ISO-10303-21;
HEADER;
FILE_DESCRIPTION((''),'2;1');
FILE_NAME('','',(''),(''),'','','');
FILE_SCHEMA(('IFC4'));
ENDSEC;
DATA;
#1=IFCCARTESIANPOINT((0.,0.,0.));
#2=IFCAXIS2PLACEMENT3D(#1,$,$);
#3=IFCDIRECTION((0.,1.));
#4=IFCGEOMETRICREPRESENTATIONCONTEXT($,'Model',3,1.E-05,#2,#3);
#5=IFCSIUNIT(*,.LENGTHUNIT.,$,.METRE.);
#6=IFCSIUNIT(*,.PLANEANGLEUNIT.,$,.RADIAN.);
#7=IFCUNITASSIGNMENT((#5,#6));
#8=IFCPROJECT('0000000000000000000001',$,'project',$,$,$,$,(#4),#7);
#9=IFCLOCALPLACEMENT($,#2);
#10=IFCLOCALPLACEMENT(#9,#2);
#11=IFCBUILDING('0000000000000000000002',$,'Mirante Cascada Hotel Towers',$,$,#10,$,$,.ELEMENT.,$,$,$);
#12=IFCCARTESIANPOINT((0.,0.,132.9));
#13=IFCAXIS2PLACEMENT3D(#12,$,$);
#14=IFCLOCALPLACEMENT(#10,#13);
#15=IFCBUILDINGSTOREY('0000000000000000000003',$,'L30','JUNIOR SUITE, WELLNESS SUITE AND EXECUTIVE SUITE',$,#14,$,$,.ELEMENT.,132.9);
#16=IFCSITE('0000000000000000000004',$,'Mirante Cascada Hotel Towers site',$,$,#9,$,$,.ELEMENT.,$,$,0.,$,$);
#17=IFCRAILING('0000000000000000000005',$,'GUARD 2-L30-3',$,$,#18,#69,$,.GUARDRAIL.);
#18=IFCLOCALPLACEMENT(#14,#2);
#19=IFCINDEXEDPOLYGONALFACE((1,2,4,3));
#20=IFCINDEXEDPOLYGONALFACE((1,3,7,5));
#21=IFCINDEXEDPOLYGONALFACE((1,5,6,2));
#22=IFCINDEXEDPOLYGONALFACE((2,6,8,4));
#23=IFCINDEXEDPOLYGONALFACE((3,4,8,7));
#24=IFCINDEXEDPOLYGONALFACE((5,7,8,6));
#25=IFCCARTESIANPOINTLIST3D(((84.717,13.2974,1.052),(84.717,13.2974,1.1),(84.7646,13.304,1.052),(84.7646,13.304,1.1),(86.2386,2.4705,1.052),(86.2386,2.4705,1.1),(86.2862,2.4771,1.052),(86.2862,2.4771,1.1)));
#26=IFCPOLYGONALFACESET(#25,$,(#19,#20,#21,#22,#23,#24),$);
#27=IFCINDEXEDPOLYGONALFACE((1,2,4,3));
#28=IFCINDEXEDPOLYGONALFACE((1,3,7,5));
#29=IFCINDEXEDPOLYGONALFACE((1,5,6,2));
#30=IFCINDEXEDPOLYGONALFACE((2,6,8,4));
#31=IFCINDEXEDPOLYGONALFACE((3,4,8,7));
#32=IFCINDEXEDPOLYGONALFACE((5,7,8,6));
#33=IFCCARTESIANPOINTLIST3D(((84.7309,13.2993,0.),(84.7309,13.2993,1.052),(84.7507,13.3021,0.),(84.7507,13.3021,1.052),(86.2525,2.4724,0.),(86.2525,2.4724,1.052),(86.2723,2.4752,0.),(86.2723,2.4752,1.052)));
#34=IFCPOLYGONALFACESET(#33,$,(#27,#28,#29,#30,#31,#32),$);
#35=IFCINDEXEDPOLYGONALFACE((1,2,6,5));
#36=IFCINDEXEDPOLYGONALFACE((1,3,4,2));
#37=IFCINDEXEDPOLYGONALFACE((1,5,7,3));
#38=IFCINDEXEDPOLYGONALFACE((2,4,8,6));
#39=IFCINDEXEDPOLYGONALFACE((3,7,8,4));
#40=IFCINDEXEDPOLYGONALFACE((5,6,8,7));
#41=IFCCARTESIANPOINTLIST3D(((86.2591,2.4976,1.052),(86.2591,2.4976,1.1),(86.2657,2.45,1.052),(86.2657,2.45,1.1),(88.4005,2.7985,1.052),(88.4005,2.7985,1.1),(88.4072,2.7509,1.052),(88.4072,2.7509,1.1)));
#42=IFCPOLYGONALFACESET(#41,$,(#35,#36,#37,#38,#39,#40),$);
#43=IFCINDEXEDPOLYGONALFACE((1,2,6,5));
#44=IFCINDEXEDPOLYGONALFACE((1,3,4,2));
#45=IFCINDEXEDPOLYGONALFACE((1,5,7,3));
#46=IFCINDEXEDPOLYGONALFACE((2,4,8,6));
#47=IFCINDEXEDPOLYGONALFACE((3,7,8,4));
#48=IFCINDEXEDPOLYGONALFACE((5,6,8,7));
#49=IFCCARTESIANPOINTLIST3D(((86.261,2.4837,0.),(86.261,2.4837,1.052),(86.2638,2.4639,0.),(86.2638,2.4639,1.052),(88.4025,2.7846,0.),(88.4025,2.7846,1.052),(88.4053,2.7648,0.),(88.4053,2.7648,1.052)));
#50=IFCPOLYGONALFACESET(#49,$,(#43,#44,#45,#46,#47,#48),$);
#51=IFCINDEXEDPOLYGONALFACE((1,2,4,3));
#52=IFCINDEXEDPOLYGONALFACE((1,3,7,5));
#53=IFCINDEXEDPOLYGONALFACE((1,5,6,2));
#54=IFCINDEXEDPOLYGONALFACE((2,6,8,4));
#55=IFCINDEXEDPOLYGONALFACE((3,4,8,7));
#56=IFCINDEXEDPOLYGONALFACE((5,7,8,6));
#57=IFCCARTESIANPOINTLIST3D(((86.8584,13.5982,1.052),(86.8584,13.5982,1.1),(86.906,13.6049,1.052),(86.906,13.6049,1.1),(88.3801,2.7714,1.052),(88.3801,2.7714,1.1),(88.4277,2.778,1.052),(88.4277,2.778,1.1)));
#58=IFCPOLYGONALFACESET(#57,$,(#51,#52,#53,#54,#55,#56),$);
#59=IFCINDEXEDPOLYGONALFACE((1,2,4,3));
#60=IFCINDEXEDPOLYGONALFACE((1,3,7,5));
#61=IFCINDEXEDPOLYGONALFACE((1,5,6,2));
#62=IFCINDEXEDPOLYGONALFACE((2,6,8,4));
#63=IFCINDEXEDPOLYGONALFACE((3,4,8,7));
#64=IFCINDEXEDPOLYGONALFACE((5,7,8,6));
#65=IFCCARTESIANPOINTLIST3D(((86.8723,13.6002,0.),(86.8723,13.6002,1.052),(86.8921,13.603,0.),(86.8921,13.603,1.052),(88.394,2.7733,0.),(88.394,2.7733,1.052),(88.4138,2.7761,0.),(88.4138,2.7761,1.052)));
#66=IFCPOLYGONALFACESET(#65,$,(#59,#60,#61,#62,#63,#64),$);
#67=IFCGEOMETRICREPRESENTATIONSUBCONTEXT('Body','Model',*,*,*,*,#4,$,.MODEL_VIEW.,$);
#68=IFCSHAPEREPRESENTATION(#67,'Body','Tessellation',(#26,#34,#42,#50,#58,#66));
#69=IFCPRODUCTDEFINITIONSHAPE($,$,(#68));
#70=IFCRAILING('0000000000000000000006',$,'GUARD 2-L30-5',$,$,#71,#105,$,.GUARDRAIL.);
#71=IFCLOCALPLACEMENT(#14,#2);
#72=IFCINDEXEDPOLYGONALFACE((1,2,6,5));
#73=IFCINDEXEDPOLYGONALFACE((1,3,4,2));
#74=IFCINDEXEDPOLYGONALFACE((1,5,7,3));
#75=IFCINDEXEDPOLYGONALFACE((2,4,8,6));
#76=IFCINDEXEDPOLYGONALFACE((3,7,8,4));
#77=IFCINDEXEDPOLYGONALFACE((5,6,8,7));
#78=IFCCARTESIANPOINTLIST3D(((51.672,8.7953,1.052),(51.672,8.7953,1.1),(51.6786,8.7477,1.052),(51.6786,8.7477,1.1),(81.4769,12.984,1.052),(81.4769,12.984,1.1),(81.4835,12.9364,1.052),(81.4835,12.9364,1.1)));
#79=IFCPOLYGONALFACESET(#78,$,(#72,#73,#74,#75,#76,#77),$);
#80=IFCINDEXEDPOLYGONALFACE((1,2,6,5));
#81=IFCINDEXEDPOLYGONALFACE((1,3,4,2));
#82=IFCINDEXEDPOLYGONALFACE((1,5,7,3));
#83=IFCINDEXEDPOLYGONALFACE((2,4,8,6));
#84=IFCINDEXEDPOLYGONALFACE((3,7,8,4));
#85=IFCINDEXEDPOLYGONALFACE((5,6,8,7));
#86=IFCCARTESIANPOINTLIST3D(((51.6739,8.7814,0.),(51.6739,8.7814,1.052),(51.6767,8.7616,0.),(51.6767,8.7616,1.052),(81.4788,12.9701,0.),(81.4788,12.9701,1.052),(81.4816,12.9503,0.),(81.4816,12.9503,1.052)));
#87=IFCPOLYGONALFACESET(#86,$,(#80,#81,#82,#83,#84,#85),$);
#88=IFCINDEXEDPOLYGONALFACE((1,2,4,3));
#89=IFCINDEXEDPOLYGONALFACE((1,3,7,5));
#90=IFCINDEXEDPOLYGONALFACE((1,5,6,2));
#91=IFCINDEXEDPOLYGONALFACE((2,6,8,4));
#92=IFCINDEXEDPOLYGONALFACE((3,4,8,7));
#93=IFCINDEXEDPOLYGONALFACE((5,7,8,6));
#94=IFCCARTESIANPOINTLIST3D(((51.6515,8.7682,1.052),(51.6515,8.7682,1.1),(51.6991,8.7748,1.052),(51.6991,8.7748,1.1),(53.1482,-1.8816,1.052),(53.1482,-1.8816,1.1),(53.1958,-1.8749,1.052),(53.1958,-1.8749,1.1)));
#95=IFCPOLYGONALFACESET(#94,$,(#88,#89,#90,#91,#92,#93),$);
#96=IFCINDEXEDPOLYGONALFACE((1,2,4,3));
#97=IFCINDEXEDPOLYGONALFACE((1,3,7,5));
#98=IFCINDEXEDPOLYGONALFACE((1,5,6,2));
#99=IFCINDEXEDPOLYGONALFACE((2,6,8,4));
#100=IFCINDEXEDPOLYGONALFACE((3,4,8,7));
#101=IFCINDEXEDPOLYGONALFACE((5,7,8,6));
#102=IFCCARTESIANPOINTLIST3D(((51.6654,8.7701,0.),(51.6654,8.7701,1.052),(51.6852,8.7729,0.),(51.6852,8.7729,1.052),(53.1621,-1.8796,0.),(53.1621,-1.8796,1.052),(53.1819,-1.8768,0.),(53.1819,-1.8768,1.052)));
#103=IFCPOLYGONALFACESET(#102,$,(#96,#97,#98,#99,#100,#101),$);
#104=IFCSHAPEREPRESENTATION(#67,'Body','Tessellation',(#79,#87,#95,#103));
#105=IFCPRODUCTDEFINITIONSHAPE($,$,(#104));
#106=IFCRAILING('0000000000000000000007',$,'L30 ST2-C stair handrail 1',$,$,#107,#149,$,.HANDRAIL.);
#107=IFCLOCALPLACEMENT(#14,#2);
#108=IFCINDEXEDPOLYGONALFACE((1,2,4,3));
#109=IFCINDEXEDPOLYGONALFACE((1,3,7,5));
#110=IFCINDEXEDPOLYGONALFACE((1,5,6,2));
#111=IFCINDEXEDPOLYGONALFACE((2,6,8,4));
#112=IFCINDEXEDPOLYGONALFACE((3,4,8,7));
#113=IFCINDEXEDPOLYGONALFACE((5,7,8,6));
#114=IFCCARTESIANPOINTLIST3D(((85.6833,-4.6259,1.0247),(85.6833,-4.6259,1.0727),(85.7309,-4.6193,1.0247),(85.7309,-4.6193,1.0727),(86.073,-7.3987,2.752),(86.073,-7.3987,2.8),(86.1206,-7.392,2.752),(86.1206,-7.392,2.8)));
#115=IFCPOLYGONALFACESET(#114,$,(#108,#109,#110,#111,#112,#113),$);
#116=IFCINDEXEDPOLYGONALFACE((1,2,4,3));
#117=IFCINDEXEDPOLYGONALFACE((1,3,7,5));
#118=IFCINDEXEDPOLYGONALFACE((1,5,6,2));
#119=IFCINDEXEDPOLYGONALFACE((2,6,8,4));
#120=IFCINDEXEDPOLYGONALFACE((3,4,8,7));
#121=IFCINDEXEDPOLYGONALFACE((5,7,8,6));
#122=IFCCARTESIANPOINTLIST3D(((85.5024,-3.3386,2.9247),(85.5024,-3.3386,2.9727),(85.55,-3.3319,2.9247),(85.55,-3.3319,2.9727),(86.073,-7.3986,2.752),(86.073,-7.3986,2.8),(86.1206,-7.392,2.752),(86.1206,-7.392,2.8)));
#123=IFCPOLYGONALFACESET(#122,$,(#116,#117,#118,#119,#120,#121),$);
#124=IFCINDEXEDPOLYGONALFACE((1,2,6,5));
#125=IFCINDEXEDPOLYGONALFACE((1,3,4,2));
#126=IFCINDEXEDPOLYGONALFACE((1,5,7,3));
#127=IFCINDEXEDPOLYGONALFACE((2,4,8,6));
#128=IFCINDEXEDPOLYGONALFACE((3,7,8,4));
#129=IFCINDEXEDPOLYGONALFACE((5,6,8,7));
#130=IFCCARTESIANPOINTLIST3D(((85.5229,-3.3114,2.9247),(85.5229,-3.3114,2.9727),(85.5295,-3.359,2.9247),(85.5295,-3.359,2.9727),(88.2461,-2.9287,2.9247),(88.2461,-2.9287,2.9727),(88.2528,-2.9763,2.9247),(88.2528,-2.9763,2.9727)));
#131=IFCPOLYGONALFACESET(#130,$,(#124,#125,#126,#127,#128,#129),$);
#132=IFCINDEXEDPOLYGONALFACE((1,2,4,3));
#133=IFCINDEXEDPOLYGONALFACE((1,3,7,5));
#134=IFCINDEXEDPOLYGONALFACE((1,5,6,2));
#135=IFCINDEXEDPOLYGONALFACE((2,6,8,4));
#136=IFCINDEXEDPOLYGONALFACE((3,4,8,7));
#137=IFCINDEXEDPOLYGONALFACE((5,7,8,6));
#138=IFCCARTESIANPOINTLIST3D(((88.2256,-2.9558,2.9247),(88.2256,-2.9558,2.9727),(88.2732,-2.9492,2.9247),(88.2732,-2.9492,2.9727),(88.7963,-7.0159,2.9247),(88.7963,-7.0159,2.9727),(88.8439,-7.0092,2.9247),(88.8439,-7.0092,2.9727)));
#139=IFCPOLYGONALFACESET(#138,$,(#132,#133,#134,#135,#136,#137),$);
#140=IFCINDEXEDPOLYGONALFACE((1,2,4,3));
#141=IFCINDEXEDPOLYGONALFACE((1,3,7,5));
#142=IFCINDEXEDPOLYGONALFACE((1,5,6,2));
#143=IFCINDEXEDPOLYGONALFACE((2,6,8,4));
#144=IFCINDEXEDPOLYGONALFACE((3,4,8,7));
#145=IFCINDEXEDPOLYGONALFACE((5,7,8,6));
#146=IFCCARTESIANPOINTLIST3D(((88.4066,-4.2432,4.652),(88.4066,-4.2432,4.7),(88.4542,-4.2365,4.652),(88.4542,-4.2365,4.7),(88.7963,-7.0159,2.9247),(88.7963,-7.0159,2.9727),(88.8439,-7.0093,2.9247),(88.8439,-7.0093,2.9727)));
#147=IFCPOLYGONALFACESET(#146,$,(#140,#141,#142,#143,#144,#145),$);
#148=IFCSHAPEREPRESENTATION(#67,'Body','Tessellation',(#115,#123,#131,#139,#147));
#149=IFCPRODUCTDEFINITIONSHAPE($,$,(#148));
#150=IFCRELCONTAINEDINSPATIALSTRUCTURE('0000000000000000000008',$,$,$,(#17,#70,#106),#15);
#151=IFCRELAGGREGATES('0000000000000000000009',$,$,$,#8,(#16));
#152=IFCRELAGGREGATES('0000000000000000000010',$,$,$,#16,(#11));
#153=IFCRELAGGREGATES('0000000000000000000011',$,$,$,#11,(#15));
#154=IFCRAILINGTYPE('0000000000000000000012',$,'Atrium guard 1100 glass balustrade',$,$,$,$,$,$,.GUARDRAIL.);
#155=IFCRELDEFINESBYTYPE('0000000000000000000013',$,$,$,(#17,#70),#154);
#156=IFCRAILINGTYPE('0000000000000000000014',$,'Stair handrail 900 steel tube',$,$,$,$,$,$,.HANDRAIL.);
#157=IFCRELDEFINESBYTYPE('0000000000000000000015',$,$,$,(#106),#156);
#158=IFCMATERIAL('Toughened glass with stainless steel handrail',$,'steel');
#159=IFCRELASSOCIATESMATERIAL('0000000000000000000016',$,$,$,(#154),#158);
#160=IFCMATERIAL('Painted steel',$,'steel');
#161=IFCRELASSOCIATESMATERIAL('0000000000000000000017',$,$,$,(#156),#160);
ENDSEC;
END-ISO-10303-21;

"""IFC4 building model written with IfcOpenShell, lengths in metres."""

from ifc_helpers import new_model, si_unit, direction, frame, origin, origin_2d, place, context, subcontext, project, spatial, rectangle, extrude, material, type_object, element, save


model = new_model("IFC4")

# Units and contexts
model_context = context("Model", 3, precision=1e-05, world=origin(), true_north=direction((0.0, 1.0)))
body_context = subcontext(model_context, "Body", "Model", "MODEL_VIEW")
ifc_project = project(units=[si_unit("LENGTHUNIT", "METRE"), si_unit("PLANEANGLEUNIT", "RADIAN")], contexts=[model_context])

# Site, building, storey
site_placement = place(None, origin())
site = spatial("IfcSite", under=ifc_project, at=site_placement, Name="Mirante Cascada Hotel Towers site", CompositionType="ELEMENT", RefElevation=0.0)
building_placement = place(site_placement, origin())
building = spatial("IfcBuilding", under=site, at=building_placement, Name="Mirante Cascada Hotel Towers", CompositionType="ELEMENT")
storey_placement = place(building_placement, frame((0.0, 0.0, 132.9)))
storey = spatial("IfcBuildingStorey", under=building, at=storey_placement, Name="L30", Description="JUNIOR SUITE, WELLNESS SUITE AND EXECUTIVE SUITE", CompositionType="ELEMENT", Elevation=132.9)

# Railings
ifc_material_1 = material(Name="Toughened glass with stainless steel handrail", Category="steel")
railing_type_1 = type_object("IfcRailingType", Name="Atrium guard 1100 glass balustrade", PredefinedType="GUARDRAIL", material=ifc_material_1)
railing_1_placement = place(storey_placement, frame((84.7408, 13.3007, 0.0)))
element("IfcRailing", 1, at=railing_1_placement, inside=storey, type_object=railing_type_1, Name="GUARD 2-L30-3", PredefinedType="GUARDRAIL", context=body_context, shape_type="SweptSolid", body=[
    extrude(rectangle(XDim=0.048, YDim=0.048, at=origin_2d()), frame((0.0, 0.0, 1.076), z_axis=(0.139171, -0.990268, 0.0), x_axis=(0.990268, 0.139171, 0.0)), (0.0, 0.0, 1.0), 10.9333),
    extrude(rectangle(XDim=0.02, YDim=1.052, at=origin_2d()), frame((0.0, 0.0, 0.526), z_axis=(0.139171, -0.990268, 0.0), x_axis=(0.990268, 0.139171, 0.0)), (0.0, 0.0, 1.0), 10.9333),
    extrude(rectangle(XDim=0.048, YDim=0.048, at=origin_2d()), frame((1.5216, -10.8269, 1.076), z_axis=(0.990272, 0.139142, 0.0), x_axis=(-0.139142, 0.990272, 0.0)), (0.0, 0.0, 1.0), 2.1625),
    extrude(rectangle(XDim=0.02, YDim=1.052, at=origin_2d()), frame((1.5216, -10.8269, 0.526), z_axis=(0.990272, 0.139142, 0.0), x_axis=(-0.139142, 0.990272, 0.0)), (0.0, 0.0, 1.0), 2.1625),
    extrude(rectangle(XDim=0.048, YDim=0.048, at=origin_2d()), frame((3.6631, -10.526, 1.076), z_axis=(-0.13918, 0.990267, 0.0), x_axis=(-0.990267, -0.13918, 0.0)), (0.0, 0.0, 1.0), 10.9333),
    extrude(rectangle(XDim=0.02, YDim=1.052, at=origin_2d()), frame((3.6631, -10.526, 0.526), z_axis=(-0.13918, 0.990267, 0.0), x_axis=(-0.990267, -0.13918, 0.0)), (0.0, 0.0, 1.0), 10.9333),
])
railing_2_placement = place(storey_placement, frame((81.4802, 12.9602, 0.0)))
element("IfcRailing", 2, at=railing_2_placement, inside=storey, type_object=railing_type_1, Name="GUARD 2-L30-5", PredefinedType="GUARDRAIL", context=body_context, shape_type="SweptSolid", body=[
    extrude(rectangle(XDim=0.048, YDim=0.048, at=origin_2d()), frame((0.0, 0.0, 1.076), z_axis=(-0.990269, -0.13917, 0.0), x_axis=(0.13917, -0.990269, 0.0)), (0.0, 0.0, 1.0), 30.0978),
    extrude(rectangle(XDim=0.02, YDim=1.052, at=origin_2d()), frame((0.0, 0.0, 0.526), z_axis=(-0.990269, -0.13917, 0.0), x_axis=(0.13917, -0.990269, 0.0)), (0.0, 0.0, 1.0), 30.0978),
    extrude(rectangle(XDim=0.048, YDim=0.048, at=origin_2d()), frame((-29.8049, -4.1887, 1.076), z_axis=(0.139172, -0.990268, 0.0), x_axis=(0.990268, 0.139172, 0.0)), (0.0, 0.0, 1.0), 10.7544),
    extrude(rectangle(XDim=0.02, YDim=1.052, at=origin_2d()), frame((-29.8049, -4.1887, 0.526), z_axis=(0.139172, -0.990268, 0.0), x_axis=(0.990268, 0.139172, 0.0)), (0.0, 0.0, 1.0), 10.7544),
])
ifc_material_2 = material(Name="Painted steel", Category="steel")
railing_type_2 = type_object("IfcRailingType", Name="Stair handrail 900 steel tube", PredefinedType="HANDRAIL", material=ifc_material_2)
railing_3_placement = place(storey_placement, frame((85.7071, -4.6226, 0.1727)))
element("IfcRailing", 3, at=railing_3_placement, inside=storey, type_object=railing_type_2, Name="L30 ST2-C stair handrail 1", PredefinedType="HANDRAIL", context=body_context, shape_type="SweptSolid", body=[
    extrude(rectangle(XDim=0.048, YDim=0.048, at=origin_2d()), frame((0.0, 0.0, 0.876), z_axis=(0.139181, -0.990267, 0.0), x_axis=(0.990267, 0.139181, 0.0)), (0.0, 0.525035, 0.851081), 3.2899),
    extrude(rectangle(XDim=0.048, YDim=0.048, at=origin_2d()), frame((0.3897, -2.7727, 2.6033), z_axis=(-0.139171, 0.990268, 0.0), x_axis=(-0.990268, -0.139171, 0.0)), (0.0, 0.042085, 0.999114), 4.1036),
    extrude(rectangle(XDim=0.048, YDim=0.048, at=origin_2d()), frame((-0.1809, 1.2874, 2.776), z_axis=(0.990269, 0.139166, 0.0), x_axis=(-0.139166, 0.990269, 0.0)), (0.0, 0.0, 1.0), 2.75),
    extrude(rectangle(XDim=0.048, YDim=0.048, at=origin_2d()), frame((2.5423, 1.6701, 2.776), z_axis=(0.139195, -0.990265, 0.0), x_axis=(0.990265, 0.139195, 0.0)), (0.0, 0.0, 1.0), 4.1),
    extrude(rectangle(XDim=0.048, YDim=0.048, at=origin_2d()), frame((3.113, -2.39, 2.776), z_axis=(-0.139181, 0.990267, 0.0), x_axis=(-0.990267, -0.139181, 0.0)), (0.0, 0.525035, 0.851081), 3.2899),
])

save(model, "model.ifc")
